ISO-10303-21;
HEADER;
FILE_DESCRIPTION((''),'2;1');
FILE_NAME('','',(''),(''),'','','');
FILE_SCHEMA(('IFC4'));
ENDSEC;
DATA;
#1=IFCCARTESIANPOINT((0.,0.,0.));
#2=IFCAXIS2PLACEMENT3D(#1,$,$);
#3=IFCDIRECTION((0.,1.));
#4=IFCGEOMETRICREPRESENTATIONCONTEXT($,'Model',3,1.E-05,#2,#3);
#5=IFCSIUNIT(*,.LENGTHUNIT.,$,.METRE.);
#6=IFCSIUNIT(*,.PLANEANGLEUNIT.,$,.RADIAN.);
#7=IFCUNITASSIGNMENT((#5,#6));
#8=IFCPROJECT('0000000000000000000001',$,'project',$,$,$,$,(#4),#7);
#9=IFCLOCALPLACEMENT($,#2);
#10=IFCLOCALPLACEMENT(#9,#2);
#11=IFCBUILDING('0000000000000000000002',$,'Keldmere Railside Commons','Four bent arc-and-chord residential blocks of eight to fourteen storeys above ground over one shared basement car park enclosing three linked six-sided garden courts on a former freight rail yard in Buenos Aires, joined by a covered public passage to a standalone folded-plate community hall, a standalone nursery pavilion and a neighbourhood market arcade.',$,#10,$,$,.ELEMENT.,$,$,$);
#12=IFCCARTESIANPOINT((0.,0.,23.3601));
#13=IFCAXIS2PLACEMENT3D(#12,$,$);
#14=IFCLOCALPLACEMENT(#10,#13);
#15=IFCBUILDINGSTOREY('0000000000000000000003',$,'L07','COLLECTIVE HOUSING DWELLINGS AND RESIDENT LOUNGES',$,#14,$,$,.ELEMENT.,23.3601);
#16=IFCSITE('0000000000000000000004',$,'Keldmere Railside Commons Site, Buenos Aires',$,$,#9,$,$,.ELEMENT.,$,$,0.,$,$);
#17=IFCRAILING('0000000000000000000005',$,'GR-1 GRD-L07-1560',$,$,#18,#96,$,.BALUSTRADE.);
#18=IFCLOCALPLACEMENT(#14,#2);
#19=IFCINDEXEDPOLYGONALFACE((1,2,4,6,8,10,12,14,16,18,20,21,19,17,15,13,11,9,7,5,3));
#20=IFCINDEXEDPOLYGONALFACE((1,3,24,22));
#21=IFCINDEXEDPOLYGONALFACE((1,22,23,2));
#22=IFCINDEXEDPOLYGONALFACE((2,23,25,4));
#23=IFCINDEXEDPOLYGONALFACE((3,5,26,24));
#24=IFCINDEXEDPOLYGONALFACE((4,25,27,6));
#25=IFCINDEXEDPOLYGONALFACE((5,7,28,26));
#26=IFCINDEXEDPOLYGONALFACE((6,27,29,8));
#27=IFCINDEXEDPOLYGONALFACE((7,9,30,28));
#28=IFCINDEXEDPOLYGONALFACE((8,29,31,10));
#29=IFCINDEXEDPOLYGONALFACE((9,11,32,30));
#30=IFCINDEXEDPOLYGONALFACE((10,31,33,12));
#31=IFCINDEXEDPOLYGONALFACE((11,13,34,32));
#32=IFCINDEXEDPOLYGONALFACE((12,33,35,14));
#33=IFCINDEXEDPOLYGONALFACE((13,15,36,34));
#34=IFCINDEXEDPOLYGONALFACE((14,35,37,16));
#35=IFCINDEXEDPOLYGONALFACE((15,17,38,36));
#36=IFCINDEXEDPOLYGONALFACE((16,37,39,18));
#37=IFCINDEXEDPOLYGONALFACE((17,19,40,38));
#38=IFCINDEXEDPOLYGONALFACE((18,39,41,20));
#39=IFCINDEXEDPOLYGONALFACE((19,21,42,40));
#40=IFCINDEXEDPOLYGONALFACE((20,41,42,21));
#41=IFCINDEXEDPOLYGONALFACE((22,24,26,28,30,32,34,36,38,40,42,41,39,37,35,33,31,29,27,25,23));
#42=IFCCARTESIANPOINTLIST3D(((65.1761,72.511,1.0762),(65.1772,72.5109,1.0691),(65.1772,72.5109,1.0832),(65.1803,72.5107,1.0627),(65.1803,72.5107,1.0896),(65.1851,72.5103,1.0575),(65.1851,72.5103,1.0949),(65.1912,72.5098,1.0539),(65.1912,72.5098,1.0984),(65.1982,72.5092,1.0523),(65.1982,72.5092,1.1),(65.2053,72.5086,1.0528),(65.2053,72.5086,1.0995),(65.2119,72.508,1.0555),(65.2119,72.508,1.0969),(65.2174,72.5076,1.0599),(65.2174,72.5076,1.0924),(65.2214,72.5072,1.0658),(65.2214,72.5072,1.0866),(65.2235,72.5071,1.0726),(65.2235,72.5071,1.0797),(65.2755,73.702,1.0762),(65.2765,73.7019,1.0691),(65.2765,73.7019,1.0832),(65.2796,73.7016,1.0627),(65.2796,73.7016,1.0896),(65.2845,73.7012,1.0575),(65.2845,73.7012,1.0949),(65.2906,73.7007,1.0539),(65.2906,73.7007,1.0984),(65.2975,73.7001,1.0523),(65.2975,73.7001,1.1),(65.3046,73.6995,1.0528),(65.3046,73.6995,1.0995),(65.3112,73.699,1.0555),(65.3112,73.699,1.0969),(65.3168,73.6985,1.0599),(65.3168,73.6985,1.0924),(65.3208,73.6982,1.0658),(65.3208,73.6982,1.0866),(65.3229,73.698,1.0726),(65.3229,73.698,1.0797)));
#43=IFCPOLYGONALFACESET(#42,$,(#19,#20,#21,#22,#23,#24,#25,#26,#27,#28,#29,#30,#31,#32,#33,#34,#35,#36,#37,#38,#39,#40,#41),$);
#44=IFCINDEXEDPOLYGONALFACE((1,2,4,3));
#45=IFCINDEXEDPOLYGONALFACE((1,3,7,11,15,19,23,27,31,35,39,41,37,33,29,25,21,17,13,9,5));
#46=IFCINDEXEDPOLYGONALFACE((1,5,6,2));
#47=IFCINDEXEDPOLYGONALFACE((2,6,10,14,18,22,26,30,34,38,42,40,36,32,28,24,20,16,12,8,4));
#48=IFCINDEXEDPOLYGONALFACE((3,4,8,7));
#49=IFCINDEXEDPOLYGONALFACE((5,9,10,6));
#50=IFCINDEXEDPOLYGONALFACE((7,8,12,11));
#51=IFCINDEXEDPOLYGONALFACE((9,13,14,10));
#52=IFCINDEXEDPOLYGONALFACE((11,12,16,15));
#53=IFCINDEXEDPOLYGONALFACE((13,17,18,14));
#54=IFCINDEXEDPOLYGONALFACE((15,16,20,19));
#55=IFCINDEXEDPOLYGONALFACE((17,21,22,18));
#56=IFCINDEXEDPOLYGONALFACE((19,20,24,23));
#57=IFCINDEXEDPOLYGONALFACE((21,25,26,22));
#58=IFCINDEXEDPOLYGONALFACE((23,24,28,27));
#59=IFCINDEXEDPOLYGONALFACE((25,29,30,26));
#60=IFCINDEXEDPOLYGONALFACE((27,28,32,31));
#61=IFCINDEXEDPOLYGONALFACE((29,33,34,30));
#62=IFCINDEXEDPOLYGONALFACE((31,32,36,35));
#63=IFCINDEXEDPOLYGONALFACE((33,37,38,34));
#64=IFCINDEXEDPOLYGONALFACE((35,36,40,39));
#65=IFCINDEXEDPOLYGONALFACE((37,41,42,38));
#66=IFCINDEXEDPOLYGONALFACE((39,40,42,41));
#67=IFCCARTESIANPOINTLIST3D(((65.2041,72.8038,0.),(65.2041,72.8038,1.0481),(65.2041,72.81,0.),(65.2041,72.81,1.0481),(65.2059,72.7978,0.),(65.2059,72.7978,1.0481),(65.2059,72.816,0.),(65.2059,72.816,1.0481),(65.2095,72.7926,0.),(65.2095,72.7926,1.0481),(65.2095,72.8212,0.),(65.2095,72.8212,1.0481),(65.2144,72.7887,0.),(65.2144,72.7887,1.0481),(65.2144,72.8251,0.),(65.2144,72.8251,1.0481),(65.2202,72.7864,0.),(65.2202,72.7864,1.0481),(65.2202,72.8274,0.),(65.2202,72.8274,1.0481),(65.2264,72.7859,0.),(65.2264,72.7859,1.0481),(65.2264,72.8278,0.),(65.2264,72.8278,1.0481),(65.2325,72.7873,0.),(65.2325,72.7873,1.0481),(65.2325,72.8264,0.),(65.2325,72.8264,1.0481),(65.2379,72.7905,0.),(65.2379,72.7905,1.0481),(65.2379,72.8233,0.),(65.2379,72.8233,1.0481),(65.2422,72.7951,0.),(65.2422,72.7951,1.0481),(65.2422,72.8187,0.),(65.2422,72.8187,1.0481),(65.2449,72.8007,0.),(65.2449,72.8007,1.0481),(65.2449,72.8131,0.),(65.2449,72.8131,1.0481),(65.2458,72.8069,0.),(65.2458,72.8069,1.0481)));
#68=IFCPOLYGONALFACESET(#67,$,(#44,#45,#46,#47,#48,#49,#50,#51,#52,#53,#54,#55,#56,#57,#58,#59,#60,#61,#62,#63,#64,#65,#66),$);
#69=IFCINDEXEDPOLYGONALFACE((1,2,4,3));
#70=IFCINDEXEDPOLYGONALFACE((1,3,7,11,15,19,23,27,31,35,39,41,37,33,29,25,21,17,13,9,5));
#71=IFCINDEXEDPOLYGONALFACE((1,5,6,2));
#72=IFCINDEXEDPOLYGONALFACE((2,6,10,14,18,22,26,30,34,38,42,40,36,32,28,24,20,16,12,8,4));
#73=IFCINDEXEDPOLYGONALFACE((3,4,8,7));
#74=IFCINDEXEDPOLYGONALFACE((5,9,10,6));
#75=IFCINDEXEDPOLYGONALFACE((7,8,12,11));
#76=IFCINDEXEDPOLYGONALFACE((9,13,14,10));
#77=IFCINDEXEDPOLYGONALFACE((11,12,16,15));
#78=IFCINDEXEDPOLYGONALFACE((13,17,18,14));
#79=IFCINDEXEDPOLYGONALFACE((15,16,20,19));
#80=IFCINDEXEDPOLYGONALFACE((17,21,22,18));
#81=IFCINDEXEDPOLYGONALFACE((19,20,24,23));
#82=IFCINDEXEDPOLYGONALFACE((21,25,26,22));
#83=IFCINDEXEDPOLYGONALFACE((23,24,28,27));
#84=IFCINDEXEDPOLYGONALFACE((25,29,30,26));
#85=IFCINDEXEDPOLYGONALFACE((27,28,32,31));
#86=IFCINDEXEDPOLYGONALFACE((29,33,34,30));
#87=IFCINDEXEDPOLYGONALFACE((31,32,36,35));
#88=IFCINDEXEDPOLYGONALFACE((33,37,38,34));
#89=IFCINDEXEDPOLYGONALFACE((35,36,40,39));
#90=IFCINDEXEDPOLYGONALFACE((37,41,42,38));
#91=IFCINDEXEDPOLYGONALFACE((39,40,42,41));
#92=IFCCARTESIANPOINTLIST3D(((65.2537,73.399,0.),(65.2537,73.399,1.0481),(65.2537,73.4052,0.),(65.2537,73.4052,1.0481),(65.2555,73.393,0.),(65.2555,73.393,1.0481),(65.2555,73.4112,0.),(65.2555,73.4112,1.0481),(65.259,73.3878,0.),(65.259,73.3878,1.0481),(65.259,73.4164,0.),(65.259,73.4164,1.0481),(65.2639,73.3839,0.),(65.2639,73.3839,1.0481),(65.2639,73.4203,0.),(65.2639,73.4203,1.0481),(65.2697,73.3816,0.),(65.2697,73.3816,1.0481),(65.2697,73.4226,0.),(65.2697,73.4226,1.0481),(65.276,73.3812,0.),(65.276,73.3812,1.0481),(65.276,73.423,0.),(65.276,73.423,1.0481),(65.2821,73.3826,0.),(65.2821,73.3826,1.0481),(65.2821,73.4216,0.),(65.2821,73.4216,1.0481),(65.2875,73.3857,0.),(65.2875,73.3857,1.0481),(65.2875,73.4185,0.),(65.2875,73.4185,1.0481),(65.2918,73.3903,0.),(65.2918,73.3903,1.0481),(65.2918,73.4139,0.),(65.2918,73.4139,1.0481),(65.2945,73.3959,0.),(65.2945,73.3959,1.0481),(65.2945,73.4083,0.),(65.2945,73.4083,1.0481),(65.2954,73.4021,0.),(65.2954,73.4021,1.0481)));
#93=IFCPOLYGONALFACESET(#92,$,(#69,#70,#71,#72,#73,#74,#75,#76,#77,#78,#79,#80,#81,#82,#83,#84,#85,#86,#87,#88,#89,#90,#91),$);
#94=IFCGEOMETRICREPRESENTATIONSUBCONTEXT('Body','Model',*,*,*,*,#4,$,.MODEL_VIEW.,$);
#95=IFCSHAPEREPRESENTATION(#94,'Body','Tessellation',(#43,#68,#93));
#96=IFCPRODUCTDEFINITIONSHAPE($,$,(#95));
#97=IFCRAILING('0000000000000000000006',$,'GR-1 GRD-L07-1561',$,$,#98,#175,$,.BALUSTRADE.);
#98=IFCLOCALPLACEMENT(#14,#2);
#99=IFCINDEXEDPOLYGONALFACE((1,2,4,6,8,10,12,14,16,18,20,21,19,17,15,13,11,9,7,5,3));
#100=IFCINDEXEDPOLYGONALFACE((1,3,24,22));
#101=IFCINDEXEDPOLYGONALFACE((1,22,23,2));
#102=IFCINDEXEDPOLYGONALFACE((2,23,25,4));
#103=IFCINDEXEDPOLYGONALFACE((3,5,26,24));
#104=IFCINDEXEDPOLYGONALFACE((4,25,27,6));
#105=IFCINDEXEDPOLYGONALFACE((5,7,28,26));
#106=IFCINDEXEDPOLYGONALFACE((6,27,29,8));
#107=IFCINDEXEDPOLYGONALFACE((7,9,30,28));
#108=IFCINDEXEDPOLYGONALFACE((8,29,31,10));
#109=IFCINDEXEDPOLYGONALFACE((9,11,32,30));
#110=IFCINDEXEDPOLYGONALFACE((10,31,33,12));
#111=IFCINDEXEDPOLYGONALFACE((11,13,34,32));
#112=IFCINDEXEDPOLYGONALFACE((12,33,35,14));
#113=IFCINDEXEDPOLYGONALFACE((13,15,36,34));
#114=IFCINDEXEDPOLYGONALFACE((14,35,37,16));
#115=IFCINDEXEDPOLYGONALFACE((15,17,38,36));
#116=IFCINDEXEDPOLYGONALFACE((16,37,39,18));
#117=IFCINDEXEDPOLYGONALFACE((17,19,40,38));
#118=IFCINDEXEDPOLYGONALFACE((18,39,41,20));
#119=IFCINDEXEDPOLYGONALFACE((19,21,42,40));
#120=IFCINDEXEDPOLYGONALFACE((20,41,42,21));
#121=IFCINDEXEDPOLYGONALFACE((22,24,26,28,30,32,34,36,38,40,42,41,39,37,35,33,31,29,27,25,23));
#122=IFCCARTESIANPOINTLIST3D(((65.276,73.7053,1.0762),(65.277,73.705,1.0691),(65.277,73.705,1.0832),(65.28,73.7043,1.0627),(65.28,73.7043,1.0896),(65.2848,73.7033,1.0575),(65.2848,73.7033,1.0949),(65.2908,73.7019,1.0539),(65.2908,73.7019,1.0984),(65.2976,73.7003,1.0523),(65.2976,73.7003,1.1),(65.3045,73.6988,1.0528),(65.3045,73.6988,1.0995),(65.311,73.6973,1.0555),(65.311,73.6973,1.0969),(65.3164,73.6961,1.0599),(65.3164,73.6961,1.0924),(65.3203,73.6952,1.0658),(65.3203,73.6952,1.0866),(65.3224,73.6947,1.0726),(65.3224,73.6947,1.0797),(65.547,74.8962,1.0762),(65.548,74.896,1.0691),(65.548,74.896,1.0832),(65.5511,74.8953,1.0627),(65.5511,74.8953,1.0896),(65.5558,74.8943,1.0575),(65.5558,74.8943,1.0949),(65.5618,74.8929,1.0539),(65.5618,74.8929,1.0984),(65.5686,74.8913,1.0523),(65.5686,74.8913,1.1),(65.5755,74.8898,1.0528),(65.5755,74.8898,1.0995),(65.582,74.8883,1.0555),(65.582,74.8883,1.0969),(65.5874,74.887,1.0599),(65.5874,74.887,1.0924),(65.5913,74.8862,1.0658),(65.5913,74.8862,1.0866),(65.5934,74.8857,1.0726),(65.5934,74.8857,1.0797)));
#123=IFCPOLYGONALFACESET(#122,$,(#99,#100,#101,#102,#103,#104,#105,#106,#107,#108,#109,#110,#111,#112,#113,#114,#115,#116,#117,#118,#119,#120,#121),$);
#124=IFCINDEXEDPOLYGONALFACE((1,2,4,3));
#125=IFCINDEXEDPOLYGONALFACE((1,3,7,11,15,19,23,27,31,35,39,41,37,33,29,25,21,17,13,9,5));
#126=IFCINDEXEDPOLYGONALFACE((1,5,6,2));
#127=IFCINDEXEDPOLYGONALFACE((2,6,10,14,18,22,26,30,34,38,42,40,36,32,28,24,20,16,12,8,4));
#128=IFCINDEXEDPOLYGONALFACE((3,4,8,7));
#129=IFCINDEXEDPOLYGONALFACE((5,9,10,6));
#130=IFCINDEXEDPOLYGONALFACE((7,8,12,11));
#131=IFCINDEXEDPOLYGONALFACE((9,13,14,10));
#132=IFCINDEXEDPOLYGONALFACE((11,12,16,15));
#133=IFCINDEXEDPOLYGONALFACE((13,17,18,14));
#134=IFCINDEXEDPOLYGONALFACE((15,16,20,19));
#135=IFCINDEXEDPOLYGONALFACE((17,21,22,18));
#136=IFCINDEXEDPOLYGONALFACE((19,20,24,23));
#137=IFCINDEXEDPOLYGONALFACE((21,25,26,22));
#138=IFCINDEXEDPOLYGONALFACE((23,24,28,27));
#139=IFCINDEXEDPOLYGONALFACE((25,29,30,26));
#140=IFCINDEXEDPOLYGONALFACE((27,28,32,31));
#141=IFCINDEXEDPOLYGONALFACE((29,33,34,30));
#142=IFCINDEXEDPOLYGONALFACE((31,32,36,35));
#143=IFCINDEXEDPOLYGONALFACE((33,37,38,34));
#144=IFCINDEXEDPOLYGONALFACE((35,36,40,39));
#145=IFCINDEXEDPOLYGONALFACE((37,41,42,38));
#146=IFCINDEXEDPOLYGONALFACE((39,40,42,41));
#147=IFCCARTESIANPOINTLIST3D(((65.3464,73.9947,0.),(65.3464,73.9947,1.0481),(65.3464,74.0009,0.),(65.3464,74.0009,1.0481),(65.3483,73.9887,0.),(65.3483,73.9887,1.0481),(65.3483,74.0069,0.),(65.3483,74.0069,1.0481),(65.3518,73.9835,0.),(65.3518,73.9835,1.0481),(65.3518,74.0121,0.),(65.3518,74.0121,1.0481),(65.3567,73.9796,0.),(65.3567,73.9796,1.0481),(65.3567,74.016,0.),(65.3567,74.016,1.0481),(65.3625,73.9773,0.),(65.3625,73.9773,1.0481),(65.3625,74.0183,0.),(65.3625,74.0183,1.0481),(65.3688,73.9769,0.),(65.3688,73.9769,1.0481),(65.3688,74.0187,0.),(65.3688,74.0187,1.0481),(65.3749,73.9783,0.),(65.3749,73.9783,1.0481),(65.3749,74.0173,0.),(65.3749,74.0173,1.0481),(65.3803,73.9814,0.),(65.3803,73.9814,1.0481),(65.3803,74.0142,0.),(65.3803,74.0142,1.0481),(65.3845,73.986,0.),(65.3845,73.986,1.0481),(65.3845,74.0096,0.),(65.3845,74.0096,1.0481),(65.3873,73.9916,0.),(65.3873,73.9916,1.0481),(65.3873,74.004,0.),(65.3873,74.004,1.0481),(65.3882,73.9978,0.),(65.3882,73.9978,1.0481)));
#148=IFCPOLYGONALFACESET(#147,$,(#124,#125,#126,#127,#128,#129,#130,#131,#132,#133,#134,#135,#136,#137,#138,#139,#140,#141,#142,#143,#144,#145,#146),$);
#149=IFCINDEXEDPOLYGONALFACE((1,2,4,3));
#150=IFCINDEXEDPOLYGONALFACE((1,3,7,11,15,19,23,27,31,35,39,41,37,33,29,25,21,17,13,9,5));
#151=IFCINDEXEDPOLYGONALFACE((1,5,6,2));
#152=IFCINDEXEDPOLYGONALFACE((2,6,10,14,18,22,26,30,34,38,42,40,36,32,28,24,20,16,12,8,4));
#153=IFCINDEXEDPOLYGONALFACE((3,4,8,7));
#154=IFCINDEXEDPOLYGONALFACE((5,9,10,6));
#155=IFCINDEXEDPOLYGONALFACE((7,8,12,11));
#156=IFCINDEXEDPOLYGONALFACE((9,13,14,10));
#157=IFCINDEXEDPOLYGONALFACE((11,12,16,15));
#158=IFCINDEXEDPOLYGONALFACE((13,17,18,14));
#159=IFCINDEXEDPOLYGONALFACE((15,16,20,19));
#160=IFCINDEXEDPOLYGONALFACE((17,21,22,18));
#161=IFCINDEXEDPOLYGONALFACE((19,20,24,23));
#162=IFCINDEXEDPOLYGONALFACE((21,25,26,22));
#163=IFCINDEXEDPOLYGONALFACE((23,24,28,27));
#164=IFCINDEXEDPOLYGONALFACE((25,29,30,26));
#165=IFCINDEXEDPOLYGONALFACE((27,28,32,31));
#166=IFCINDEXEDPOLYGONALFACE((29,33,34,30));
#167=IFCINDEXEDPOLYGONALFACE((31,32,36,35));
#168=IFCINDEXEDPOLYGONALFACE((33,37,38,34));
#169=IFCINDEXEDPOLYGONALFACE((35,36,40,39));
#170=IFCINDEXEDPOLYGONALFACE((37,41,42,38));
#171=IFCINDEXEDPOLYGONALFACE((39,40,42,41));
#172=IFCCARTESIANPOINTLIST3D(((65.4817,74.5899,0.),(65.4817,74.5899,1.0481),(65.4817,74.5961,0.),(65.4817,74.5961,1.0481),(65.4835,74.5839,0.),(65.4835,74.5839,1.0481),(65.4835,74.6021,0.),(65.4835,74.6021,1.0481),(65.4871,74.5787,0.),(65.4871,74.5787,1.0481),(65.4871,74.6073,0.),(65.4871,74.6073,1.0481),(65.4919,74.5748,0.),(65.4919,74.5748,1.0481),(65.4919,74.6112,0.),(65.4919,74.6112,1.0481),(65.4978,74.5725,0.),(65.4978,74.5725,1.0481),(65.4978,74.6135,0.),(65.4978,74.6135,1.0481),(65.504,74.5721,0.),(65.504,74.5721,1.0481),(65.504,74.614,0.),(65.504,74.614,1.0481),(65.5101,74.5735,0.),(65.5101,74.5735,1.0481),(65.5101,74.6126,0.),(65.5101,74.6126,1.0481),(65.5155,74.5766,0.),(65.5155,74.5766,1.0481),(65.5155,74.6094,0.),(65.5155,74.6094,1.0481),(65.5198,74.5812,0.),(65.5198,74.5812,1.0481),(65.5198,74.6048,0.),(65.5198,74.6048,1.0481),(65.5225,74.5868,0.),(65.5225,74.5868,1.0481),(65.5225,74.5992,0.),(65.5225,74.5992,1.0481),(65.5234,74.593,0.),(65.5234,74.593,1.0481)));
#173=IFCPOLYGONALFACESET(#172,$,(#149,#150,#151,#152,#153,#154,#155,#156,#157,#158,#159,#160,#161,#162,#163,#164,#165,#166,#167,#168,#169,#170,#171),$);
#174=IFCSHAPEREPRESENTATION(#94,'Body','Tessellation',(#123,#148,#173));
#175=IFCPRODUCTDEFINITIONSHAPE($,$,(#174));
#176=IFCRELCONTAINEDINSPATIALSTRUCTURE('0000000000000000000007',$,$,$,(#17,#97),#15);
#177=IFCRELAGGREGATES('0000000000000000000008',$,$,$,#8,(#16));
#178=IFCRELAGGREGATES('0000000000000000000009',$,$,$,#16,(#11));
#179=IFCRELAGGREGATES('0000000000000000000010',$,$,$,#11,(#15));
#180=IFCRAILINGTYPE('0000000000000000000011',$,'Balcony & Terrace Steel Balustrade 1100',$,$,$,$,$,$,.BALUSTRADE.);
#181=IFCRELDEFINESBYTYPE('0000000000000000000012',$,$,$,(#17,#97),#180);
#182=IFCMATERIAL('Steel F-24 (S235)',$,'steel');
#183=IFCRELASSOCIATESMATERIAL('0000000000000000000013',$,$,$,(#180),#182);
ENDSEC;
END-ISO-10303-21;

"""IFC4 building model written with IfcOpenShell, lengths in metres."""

from ifc_helpers import new_model, si_unit, direction, frame, origin, origin_2d, place, context, subcontext, project, spatial, circle, extrude, material, type_object, element, save


model = new_model("IFC4")

# Units and contexts
model_context = context("Model", 3, precision=1e-05, world=origin(), true_north=direction((0.0, 1.0)))
body_context = subcontext(model_context, "Body", "Model", "MODEL_VIEW")
ifc_project = project(units=[si_unit("LENGTHUNIT", "METRE"), si_unit("PLANEANGLEUNIT", "RADIAN")], contexts=[model_context])

# Site, building, storey
site_placement = place(None, origin())
site = spatial("IfcSite", under=ifc_project, at=site_placement, Name="Keldmere Railside Commons Site, Buenos Aires", CompositionType="ELEMENT", RefElevation=0.0)
building_placement = place(site_placement, origin())
building = spatial("IfcBuilding", under=site, at=building_placement, Name="Keldmere Railside Commons", Description="Four bent arc-and-chord residential blocks of eight to fourteen storeys above ground over one shared basement car park enclosing three linked six-sided garden courts on a former freight rail yard in Buenos Aires, joined by a covered public passage to a standalone folded-plate community hall, a standalone nursery pavilion and a neighbourhood market arcade.", CompositionType="ELEMENT")
storey_placement = place(building_placement, frame((0.0, 0.0, 23.3601)))
storey = spatial("IfcBuildingStorey", under=building, at=storey_placement, Name="L07", Description="COLLECTIVE HOUSING DWELLINGS AND RESIDENT LOUNGES", CompositionType="ELEMENT", Elevation=23.3601)

# Railings
ifc_material_1 = material(Name="Steel F-24 (S235)", Category="steel")
railing_type_1 = type_object("IfcRailingType", Name="Balcony & Terrace Steel Balustrade 1100", PredefinedType="BALUSTRADE", material=ifc_material_1)
railing_1_placement = place(storey_placement, frame((65.2, 72.509, 0.0)))
element("IfcRailing", 1, at=railing_1_placement, inside=storey, type_object=railing_type_1, Name="GR-1 GRD-L07-1560", PredefinedType="BALUSTRADE", context=body_context, shape_type="SweptSolid", body=[
    extrude(circle(Radius=0.0239, at=origin_2d()), frame((0.0, 0.0, 1.0762), z_axis=(0.083147, 0.996537, 0.0), x_axis=(-0.996537, 0.083147, 0.0)), (0.0, 0.0, 1.0), 1.1951),
    extrude(circle(Radius=0.021, at=origin_2d()), frame((0.0249, 0.2979, 0.0)), (0.0, 0.0, 1.0), 1.0481),
    extrude(circle(Radius=0.021, at=origin_2d()), frame((0.0745, 0.8931, 0.0)), (0.0, 0.0, 1.0), 1.0481),
])
railing_2_placement = place(storey_placement, frame((65.2993, 73.7, 0.0)))
element("IfcRailing", 2, at=railing_2_placement, inside=storey, type_object=railing_type_1, Name="GR-1 GRD-L07-1561", PredefinedType="BALUSTRADE", context=body_context, shape_type="SweptSolid", body=[
    extrude(circle(Radius=0.0239, at=origin_2d()), frame((0.0, 0.0, 1.0762), z_axis=(0.22188, 0.975074, 0.0), x_axis=(-0.975074, 0.22188, 0.0)), (0.0, 0.0, 1.0), 1.2214),
    extrude(circle(Radius=0.021, at=origin_2d()), frame((0.0679, 0.2979, 0.0)), (0.0, 0.0, 1.0), 1.0481),
    extrude(circle(Radius=0.021, at=origin_2d()), frame((0.2031, 0.8931, 0.0)), (0.0, 0.0, 1.0), 1.0481),
])

save(model, "model.ifc")
